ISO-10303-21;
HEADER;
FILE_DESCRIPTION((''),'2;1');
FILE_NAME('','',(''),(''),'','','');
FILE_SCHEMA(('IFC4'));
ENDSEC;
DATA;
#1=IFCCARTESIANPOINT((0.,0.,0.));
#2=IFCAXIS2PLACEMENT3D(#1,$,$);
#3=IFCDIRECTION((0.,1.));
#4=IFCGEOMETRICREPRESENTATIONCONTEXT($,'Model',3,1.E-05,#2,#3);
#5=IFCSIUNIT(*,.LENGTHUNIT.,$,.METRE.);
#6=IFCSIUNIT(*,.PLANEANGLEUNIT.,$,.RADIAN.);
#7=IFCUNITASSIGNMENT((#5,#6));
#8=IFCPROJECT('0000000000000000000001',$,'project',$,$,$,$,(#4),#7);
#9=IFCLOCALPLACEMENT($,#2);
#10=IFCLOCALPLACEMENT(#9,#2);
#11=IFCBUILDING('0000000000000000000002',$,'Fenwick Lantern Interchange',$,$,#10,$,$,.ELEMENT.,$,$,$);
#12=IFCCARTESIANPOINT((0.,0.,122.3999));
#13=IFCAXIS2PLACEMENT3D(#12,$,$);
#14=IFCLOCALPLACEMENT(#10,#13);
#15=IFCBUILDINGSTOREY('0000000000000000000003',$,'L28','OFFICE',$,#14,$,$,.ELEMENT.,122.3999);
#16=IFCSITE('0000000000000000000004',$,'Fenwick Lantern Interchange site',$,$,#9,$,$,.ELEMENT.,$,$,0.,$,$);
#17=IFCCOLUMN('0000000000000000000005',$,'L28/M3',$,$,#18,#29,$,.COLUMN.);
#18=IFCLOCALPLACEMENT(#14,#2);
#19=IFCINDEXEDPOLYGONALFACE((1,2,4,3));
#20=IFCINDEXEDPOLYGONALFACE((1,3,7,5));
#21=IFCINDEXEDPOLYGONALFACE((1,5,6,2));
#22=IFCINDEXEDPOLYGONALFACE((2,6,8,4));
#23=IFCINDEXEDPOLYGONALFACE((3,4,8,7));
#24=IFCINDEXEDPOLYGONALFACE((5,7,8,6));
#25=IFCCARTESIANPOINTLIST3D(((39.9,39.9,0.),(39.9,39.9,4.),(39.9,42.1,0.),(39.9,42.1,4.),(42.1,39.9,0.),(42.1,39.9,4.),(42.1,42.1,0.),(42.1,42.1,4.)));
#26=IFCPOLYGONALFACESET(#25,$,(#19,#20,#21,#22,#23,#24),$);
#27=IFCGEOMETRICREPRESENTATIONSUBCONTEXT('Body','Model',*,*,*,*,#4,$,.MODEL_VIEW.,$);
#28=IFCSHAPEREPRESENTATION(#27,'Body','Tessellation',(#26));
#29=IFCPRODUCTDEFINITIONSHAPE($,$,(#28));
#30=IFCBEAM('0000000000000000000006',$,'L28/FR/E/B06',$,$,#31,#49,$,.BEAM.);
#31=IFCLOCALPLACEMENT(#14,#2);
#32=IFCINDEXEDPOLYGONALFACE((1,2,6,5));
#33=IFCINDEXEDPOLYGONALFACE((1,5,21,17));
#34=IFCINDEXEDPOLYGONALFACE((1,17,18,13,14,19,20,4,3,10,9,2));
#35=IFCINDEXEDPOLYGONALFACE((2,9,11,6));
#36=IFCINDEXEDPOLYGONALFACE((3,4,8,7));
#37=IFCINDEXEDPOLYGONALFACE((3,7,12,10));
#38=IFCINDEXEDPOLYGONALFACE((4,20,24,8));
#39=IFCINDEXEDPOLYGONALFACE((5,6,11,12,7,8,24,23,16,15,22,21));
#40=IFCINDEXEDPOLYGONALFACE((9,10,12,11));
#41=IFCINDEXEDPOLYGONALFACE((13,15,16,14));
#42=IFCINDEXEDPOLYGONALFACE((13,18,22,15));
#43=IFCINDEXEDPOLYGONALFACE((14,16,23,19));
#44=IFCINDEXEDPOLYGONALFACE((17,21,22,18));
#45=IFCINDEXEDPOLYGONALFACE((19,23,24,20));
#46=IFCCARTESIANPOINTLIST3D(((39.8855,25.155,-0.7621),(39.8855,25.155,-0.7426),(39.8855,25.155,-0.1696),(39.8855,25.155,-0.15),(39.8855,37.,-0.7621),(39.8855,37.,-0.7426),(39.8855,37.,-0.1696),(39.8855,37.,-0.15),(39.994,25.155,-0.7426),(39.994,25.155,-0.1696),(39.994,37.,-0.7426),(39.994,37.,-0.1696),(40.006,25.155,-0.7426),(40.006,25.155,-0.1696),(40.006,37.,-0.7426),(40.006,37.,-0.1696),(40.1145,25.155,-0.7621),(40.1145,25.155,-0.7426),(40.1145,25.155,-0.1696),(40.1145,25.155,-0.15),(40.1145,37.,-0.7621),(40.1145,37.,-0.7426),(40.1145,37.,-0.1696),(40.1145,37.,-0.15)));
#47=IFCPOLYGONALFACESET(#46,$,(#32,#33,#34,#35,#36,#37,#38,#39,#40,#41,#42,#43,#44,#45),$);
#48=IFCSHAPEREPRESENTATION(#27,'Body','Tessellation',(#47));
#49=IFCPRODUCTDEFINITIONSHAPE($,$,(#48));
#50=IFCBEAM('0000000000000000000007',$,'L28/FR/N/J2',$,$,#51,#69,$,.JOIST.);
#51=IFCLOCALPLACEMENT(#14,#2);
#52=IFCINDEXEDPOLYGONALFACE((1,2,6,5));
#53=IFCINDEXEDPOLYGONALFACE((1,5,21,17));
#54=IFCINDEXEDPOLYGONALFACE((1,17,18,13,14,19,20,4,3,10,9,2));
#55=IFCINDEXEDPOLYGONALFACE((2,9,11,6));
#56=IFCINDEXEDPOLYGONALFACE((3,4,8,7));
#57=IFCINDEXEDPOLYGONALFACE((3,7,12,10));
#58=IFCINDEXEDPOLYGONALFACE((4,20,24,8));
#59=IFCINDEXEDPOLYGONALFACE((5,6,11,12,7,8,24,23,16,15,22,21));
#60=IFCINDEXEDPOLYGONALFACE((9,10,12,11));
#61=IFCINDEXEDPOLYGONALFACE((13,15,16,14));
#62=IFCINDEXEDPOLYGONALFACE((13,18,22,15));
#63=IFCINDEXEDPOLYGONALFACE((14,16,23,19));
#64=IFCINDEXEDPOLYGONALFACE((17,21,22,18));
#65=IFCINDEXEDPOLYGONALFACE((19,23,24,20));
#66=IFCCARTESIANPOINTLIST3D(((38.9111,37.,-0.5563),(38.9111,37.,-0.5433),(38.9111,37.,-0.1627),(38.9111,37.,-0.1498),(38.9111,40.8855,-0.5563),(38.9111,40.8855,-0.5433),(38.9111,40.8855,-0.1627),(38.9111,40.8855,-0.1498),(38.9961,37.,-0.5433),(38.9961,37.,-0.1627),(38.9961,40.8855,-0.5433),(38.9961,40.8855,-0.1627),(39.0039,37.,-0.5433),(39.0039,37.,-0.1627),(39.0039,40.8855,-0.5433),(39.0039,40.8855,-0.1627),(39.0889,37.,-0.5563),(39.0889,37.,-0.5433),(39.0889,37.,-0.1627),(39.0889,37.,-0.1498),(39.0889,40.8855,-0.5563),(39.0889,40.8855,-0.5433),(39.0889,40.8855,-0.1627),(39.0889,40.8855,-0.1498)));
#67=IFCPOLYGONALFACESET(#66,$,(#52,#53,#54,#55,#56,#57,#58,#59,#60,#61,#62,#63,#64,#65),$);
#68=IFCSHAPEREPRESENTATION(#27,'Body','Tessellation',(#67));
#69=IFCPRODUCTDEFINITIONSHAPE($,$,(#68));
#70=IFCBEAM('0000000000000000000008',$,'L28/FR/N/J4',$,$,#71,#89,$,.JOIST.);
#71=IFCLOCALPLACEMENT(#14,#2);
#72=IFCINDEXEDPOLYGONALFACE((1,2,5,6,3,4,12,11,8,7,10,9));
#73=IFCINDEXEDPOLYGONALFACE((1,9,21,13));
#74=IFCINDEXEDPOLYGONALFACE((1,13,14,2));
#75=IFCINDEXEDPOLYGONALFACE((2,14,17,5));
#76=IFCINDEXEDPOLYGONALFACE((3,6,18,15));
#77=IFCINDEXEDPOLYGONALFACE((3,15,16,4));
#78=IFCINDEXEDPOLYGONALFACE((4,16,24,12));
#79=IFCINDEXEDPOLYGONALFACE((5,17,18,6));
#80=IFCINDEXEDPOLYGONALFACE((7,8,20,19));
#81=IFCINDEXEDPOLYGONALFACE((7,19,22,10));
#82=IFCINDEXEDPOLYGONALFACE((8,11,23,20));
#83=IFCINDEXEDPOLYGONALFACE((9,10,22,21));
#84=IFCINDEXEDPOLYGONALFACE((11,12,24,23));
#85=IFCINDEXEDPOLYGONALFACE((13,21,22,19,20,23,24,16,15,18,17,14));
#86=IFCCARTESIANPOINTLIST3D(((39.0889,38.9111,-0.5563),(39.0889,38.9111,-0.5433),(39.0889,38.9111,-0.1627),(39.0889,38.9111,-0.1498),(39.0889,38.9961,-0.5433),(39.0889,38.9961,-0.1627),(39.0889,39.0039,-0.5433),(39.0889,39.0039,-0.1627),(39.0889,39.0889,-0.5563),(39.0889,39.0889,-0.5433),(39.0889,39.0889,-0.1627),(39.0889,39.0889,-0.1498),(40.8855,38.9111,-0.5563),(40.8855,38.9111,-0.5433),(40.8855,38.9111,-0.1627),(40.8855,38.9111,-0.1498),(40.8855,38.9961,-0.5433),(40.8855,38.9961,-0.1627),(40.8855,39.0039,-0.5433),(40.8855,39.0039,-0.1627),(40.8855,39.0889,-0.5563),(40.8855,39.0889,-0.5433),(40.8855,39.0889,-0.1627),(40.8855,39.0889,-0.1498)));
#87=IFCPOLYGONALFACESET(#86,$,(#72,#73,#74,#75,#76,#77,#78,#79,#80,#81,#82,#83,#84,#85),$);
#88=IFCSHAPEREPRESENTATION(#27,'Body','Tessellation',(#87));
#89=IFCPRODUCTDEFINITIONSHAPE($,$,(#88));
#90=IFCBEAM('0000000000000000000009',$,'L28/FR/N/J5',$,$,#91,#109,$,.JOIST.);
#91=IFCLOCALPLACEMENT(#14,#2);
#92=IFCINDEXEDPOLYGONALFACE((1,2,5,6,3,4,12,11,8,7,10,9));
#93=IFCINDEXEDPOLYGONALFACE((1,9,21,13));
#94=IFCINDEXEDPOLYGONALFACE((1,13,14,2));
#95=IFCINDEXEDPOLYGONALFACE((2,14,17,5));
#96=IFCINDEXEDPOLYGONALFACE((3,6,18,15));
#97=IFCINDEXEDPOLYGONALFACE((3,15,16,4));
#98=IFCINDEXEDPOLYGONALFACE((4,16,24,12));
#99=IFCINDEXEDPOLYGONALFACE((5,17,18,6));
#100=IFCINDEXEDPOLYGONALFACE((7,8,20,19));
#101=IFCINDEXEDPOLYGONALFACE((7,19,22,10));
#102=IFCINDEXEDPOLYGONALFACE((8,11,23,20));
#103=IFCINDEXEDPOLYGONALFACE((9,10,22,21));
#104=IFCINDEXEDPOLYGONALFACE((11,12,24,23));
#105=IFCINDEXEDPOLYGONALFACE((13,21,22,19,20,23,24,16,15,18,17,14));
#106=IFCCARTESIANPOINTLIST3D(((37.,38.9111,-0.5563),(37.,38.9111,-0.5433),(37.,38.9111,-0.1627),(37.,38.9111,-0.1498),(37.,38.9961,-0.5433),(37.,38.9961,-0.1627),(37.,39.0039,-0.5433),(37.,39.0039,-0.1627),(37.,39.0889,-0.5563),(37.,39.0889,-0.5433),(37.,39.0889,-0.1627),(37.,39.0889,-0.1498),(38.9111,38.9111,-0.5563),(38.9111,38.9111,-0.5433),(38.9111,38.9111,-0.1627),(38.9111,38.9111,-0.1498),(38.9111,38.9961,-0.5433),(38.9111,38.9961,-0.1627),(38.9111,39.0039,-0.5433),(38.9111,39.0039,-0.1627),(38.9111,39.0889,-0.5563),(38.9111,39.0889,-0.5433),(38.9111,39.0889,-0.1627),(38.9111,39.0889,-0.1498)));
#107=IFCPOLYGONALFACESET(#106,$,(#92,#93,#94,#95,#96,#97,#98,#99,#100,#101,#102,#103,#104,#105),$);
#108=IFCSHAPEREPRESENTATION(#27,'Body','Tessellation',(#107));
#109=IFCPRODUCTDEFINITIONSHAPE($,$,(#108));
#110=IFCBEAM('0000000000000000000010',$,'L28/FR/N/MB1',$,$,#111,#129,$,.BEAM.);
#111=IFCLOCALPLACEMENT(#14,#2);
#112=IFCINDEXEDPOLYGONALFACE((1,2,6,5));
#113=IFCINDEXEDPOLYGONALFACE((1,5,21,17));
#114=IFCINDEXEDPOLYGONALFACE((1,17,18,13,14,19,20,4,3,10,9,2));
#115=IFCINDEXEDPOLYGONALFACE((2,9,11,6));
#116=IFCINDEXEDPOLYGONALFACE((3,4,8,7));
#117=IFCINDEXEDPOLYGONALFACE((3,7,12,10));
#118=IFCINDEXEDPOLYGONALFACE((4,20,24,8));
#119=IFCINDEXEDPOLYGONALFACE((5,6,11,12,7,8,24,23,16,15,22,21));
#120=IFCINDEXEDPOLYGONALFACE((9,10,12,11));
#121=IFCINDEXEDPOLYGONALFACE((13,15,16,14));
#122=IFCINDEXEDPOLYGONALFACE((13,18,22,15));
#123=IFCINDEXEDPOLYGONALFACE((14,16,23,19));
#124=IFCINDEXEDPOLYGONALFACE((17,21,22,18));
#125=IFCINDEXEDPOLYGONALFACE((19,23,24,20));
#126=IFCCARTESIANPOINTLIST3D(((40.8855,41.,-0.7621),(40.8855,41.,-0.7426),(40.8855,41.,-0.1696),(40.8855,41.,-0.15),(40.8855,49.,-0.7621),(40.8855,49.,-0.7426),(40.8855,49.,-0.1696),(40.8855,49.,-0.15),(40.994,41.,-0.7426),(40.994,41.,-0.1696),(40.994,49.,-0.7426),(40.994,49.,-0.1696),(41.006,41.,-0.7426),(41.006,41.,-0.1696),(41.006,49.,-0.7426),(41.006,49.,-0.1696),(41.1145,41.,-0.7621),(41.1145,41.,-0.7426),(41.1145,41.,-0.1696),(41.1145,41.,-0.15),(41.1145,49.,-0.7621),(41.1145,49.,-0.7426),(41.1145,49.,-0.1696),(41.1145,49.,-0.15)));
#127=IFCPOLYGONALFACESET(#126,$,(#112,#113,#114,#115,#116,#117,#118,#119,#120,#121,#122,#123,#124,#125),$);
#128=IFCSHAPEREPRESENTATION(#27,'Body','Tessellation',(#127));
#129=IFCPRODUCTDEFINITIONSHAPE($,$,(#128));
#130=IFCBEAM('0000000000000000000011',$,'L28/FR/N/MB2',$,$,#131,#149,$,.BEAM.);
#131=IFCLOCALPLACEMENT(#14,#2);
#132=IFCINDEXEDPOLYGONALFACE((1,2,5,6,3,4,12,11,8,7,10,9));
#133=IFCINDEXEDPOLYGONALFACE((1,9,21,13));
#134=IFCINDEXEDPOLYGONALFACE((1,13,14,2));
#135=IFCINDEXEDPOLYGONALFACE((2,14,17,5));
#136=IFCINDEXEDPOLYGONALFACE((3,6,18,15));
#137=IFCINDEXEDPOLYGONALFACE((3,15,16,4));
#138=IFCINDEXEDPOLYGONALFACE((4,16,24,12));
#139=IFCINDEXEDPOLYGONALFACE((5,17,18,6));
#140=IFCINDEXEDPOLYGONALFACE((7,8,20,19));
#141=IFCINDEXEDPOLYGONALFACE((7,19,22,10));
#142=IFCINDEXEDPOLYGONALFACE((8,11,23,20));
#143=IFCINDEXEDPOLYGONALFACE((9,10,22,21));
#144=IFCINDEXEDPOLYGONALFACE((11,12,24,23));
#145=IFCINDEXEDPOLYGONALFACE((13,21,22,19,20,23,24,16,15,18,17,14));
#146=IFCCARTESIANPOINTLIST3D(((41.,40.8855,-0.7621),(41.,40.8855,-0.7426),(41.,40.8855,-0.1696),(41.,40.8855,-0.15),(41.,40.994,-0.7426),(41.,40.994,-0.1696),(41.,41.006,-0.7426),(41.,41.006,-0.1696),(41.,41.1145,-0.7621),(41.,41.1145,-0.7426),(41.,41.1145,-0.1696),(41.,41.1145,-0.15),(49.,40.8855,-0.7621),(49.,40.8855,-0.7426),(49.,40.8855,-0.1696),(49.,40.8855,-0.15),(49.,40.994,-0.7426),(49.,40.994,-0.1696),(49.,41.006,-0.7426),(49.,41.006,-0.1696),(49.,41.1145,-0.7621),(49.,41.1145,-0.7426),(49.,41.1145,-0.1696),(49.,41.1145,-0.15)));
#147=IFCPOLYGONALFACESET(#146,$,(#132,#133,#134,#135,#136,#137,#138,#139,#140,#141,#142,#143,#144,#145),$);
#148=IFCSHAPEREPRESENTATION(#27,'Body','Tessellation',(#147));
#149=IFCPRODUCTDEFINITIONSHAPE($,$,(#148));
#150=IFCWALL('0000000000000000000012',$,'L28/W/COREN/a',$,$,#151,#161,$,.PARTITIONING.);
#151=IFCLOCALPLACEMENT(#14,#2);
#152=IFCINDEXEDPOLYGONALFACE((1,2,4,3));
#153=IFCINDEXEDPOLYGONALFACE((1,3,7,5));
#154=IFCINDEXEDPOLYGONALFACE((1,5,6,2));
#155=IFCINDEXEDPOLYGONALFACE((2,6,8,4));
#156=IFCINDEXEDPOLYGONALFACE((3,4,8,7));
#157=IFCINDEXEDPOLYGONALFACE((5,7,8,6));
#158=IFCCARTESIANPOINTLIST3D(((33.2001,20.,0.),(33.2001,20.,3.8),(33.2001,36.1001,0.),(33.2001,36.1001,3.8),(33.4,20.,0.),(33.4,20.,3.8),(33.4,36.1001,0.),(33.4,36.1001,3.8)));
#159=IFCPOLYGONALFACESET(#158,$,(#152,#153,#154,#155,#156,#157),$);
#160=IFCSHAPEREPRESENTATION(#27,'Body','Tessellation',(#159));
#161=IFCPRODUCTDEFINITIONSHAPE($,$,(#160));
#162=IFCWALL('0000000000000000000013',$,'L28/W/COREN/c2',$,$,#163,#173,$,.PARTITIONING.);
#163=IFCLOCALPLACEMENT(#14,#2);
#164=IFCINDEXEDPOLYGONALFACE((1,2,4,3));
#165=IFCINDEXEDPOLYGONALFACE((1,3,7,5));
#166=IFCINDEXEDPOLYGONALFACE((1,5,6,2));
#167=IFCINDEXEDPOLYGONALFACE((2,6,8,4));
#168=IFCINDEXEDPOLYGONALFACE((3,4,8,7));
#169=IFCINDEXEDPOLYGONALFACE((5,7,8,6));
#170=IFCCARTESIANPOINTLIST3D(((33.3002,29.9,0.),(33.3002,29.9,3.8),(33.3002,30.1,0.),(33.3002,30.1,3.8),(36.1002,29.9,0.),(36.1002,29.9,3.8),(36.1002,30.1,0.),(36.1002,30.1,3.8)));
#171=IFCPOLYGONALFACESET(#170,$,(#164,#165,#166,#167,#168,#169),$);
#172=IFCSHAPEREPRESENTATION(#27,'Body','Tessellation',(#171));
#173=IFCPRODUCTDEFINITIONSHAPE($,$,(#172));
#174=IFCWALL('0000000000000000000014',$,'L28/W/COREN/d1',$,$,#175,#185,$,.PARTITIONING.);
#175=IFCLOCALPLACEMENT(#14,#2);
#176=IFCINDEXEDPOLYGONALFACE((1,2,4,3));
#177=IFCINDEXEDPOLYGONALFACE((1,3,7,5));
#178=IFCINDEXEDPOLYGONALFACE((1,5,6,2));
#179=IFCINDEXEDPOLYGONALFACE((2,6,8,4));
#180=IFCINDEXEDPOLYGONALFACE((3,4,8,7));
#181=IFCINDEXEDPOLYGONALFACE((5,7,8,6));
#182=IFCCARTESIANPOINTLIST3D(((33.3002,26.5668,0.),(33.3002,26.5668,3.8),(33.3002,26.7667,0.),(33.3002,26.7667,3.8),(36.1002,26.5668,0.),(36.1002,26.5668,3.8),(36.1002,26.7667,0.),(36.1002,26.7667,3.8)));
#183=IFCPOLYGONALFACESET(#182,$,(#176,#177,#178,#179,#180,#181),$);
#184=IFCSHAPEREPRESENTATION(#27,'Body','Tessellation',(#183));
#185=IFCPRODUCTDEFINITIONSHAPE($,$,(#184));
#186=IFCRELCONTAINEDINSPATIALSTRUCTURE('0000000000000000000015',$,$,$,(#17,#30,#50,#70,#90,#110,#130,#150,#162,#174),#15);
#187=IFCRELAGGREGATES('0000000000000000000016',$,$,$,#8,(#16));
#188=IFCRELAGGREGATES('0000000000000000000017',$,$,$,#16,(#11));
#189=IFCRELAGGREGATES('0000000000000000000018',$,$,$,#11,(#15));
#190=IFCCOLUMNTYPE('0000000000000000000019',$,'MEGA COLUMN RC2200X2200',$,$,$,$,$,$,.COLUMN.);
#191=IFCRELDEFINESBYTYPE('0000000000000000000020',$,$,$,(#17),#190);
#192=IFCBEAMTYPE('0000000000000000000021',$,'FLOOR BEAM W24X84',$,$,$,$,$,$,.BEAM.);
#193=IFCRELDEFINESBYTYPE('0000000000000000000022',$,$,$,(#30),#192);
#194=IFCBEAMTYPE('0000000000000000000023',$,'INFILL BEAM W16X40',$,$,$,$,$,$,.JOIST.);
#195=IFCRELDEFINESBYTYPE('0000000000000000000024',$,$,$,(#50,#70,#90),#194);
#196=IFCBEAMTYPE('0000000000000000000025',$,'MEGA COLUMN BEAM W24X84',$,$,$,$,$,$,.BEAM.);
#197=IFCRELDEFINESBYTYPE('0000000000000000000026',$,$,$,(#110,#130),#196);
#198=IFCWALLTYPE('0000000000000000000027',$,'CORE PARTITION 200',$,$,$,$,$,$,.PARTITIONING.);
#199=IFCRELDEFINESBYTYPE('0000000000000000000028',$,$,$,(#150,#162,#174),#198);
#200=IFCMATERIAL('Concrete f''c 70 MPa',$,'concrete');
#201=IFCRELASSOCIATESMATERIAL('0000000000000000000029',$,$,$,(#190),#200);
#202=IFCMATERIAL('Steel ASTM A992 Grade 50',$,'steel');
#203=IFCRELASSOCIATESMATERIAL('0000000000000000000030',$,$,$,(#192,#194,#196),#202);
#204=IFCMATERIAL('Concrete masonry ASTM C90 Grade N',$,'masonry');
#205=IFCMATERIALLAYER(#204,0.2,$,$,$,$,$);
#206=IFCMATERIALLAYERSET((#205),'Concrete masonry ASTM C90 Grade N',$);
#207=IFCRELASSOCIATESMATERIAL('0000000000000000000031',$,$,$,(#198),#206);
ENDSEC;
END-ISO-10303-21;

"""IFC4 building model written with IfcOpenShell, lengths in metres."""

from ifc_helpers import new_model, si_unit, direction, frame, frame_2d, origin, origin_2d, place, context, subcontext, project, spatial, rectangle, i_section, extrude, material, layer, layer_set, material_profile, profile_set, type_object, element, save


model = new_model("IFC4")

# Units and contexts
model_context = context("Model", 3, precision=1e-05, world=origin(), true_north=direction((0.0, 1.0)))
body_context = subcontext(model_context, "Body", "Model", "MODEL_VIEW")
ifc_project = project(units=[si_unit("LENGTHUNIT", "METRE"), si_unit("PLANEANGLEUNIT", "RADIAN")], contexts=[model_context])

# Site, building, storey
site_placement = place(None, origin())
site = spatial("IfcSite", under=ifc_project, at=site_placement, Name="Fenwick Lantern Interchange site", CompositionType="ELEMENT", RefElevation=0.0)
building_placement = place(site_placement, origin())
building = spatial("IfcBuilding", under=site, at=building_placement, Name="Fenwick Lantern Interchange", CompositionType="ELEMENT")
storey_placement = place(building_placement, frame((0.0, 0.0, 122.3999)))
storey = spatial("IfcBuildingStorey", under=building, at=storey_placement, Name="L28", Description="OFFICE", CompositionType="ELEMENT", Elevation=122.3999)

# Column
ifc_material_1 = material(Name="Concrete f'c 70 MPa", Category="concrete")
ifc_material_profile_1 = material_profile(ifc_material_1, rectangle(XDim=2.2, YDim=2.2, at=origin_2d()), Name="RC2200X2200")
ifc_profile_set_1 = profile_set([ifc_material_profile_1], Name="Concrete f'c 70 MPa")
column_type = type_object("IfcColumnType", Name="MEGA COLUMN RC2200X2200", PredefinedType="COLUMN", material=ifc_profile_set_1)
column_placement = place(storey_placement, frame((41.0, 41.0, 0.0), z_axis=(0.0, 0.0, 1.0), x_axis=(1.0, 0.0, 0.0)))
element("IfcColumn", 1, at=column_placement, inside=storey, type_object=column_type, Name="L28/M3", PredefinedType="COLUMN", context=body_context, shape_type="SweptSolid", body=[
    extrude(rectangle(XDim=2.2, YDim=2.2, at=origin_2d()), origin(), (0.0, 0.0, 1.0), 4.0),
])

# Beams
ifc_material_2 = material(Name="Steel ASTM A992 Grade 50", Category="steel")
ifc_material_profile_2 = material_profile(ifc_material_2, i_section(OverallWidth=0.229, OverallDepth=0.6121, WebThickness=0.012, FlangeThickness=0.0195, at=origin_2d()), Name="W24X84")
ifc_profile_set_2 = profile_set([ifc_material_profile_2], Name="Steel ASTM A992 Grade 50")
beam_type_1 = type_object("IfcBeamType", Name="FLOOR BEAM W24X84", PredefinedType="BEAM", material=ifc_profile_set_2)
beam_1_placement = place(storey_placement, frame((40.0, 25.155, -0.4561), z_axis=(0.0, 1.0, 0.0), x_axis=(-1.0, 0.0, 0.0)))
element("IfcBeam", 2, at=beam_1_placement, inside=storey, type_object=beam_type_1, Name="L28/FR/E/B06", PredefinedType="BEAM", context=body_context, shape_type="SweptSolid", body=[
    extrude(i_section(OverallWidth=0.229, OverallDepth=0.6121, WebThickness=0.012, FlangeThickness=0.0195, at=origin_2d()), origin(), (0.0, 0.0, 1.0), 11.845),
])
ifc_material_profile_3 = material_profile(ifc_material_2, i_section(OverallWidth=0.1777, OverallDepth=0.4065, WebThickness=0.0078, FlangeThickness=0.0129, at=origin_2d()), Name="W16X40")
ifc_profile_set_3 = profile_set([ifc_material_profile_3], Name="Steel ASTM A992 Grade 50")
beam_type_2 = type_object("IfcBeamType", Name="INFILL BEAM W16X40", PredefinedType="JOIST", material=ifc_profile_set_3)
beam_2_placement = place(storey_placement, frame((39.0, 40.8855, -0.353), z_axis=(0.0, -1.0, 0.0), x_axis=(1.0, 0.0, 0.0)))
element("IfcBeam", 3, at=beam_2_placement, inside=storey, type_object=beam_type_2, Name="L28/FR/N/J2", PredefinedType="JOIST", context=body_context, shape_type="SweptSolid", body=[
    extrude(i_section(OverallWidth=0.1777, OverallDepth=0.4065, WebThickness=0.0078, FlangeThickness=0.0129, at=origin_2d()), origin(), (0.0, 0.0, 1.0), 3.8855),
])
beam_3_placement = place(storey_placement, frame((40.8855, 39.0, -0.353), z_axis=(-1.0, 0.0, 0.0), x_axis=(0.0, -1.0, 0.0)))
element("IfcBeam", 4, at=beam_3_placement, inside=storey, type_object=beam_type_2, Name="L28/FR/N/J4", PredefinedType="JOIST", context=body_context, shape_type="SweptSolid", body=[
    extrude(i_section(OverallWidth=0.1777, OverallDepth=0.4065, WebThickness=0.0078, FlangeThickness=0.0129, at=origin_2d()), origin(), (0.0, 0.0, 1.0), 1.7966),
])
beam_4_placement = place(storey_placement, frame((38.9111, 39.0, -0.353), z_axis=(-1.0, 0.0, 0.0), x_axis=(0.0, -1.0, 0.0)))
element("IfcBeam", 5, at=beam_4_placement, inside=storey, type_object=beam_type_2, Name="L28/FR/N/J5", PredefinedType="JOIST", context=body_context, shape_type="SweptSolid", body=[
    extrude(i_section(OverallWidth=0.1777, OverallDepth=0.4065, WebThickness=0.0078, FlangeThickness=0.0129, at=origin_2d()), origin(), (0.0, 0.0, 1.0), 1.9111),
])
ifc_material_profile_4 = material_profile(ifc_material_2, i_section(OverallWidth=0.229, OverallDepth=0.6121, WebThickness=0.012, FlangeThickness=0.0195, at=origin_2d()), Name="W24X84")
ifc_profile_set_4 = profile_set([ifc_material_profile_4], Name="Steel ASTM A992 Grade 50")
beam_type_3 = type_object("IfcBeamType", Name="MEGA COLUMN BEAM W24X84", PredefinedType="BEAM", material=ifc_profile_set_4)
for number, where, z_axis, x_axis, name in (
    (6, (41.0, 41.0, -0.4561), (0.0, 1.0, 0.0), (-1.0, 0.0, 0.0), "L28/FR/N/MB1"),
    (7, (41.0, 41.0, -0.4561), (1.0, 0.0, 0.0), (0.0, 1.0, 0.0), "L28/FR/N/MB2"),
):
    element("IfcBeam", number, at=place(storey_placement, frame(where, z_axis=z_axis, x_axis=x_axis)), inside=storey, type_object=beam_type_3, Name=name, PredefinedType="BEAM", context=body_context, shape_type="SweptSolid", body=[
        extrude(i_section(OverallWidth=0.229, OverallDepth=0.6121, WebThickness=0.012, FlangeThickness=0.0195, at=origin_2d()), origin(), (0.0, 0.0, 1.0), 8.0),
    ])

# Walls
ifc_material_3 = material(Name="Concrete masonry ASTM C90 Grade N", Category="masonry")
ifc_layer_1 = layer(ifc_material_3, 0.2)
ifc_layer_set_1 = layer_set([ifc_layer_1], Name="Concrete masonry ASTM C90 Grade N")
wall_type_1 = type_object("IfcWallType", Name="CORE PARTITION 200", PredefinedType="PARTITIONING", material=ifc_layer_set_1)
wall_1_placement = place(storey_placement, frame((33.3, 36.1001, 0.0), z_axis=(0.0, 0.0, 1.0), x_axis=(0.0, -1.0, 0.0)))
element("IfcWall", 8, at=wall_1_placement, inside=storey, type_object=wall_type_1, Name="L28/W/COREN/a", PredefinedType="PARTITIONING", context=body_context, shape_type="SweptSolid", body=[
    extrude(rectangle(XDim=16.1001, YDim=0.2, at=frame_2d((8.05, 0.0))), origin(), (0.0, 0.0, 1.0), 3.8),
])
for number, where, z_axis, x_axis, name in (
    (9, (36.1001, 30.0, 0.0), (0.0, 0.0, 1.0), (-1.0, 0.0, 0.0), "L28/W/COREN/c2"),
    (10, (36.1001, 26.6667, 0.0), (0.0, 0.0, 1.0), (-1.0, 0.0, 0.0), "L28/W/COREN/d1"),
):
    element("IfcWall", number, at=place(storey_placement, frame(where, z_axis=z_axis, x_axis=x_axis)), inside=storey, type_object=wall_type_1, Name=name, PredefinedType="PARTITIONING", context=body_context, shape_type="SweptSolid", body=[
        extrude(rectangle(XDim=2.8, YDim=0.2, at=frame_2d((1.3999, 0.0))), origin(), (0.0, 0.0, 1.0), 3.8),
    ])

save(model, "model.ifc")
